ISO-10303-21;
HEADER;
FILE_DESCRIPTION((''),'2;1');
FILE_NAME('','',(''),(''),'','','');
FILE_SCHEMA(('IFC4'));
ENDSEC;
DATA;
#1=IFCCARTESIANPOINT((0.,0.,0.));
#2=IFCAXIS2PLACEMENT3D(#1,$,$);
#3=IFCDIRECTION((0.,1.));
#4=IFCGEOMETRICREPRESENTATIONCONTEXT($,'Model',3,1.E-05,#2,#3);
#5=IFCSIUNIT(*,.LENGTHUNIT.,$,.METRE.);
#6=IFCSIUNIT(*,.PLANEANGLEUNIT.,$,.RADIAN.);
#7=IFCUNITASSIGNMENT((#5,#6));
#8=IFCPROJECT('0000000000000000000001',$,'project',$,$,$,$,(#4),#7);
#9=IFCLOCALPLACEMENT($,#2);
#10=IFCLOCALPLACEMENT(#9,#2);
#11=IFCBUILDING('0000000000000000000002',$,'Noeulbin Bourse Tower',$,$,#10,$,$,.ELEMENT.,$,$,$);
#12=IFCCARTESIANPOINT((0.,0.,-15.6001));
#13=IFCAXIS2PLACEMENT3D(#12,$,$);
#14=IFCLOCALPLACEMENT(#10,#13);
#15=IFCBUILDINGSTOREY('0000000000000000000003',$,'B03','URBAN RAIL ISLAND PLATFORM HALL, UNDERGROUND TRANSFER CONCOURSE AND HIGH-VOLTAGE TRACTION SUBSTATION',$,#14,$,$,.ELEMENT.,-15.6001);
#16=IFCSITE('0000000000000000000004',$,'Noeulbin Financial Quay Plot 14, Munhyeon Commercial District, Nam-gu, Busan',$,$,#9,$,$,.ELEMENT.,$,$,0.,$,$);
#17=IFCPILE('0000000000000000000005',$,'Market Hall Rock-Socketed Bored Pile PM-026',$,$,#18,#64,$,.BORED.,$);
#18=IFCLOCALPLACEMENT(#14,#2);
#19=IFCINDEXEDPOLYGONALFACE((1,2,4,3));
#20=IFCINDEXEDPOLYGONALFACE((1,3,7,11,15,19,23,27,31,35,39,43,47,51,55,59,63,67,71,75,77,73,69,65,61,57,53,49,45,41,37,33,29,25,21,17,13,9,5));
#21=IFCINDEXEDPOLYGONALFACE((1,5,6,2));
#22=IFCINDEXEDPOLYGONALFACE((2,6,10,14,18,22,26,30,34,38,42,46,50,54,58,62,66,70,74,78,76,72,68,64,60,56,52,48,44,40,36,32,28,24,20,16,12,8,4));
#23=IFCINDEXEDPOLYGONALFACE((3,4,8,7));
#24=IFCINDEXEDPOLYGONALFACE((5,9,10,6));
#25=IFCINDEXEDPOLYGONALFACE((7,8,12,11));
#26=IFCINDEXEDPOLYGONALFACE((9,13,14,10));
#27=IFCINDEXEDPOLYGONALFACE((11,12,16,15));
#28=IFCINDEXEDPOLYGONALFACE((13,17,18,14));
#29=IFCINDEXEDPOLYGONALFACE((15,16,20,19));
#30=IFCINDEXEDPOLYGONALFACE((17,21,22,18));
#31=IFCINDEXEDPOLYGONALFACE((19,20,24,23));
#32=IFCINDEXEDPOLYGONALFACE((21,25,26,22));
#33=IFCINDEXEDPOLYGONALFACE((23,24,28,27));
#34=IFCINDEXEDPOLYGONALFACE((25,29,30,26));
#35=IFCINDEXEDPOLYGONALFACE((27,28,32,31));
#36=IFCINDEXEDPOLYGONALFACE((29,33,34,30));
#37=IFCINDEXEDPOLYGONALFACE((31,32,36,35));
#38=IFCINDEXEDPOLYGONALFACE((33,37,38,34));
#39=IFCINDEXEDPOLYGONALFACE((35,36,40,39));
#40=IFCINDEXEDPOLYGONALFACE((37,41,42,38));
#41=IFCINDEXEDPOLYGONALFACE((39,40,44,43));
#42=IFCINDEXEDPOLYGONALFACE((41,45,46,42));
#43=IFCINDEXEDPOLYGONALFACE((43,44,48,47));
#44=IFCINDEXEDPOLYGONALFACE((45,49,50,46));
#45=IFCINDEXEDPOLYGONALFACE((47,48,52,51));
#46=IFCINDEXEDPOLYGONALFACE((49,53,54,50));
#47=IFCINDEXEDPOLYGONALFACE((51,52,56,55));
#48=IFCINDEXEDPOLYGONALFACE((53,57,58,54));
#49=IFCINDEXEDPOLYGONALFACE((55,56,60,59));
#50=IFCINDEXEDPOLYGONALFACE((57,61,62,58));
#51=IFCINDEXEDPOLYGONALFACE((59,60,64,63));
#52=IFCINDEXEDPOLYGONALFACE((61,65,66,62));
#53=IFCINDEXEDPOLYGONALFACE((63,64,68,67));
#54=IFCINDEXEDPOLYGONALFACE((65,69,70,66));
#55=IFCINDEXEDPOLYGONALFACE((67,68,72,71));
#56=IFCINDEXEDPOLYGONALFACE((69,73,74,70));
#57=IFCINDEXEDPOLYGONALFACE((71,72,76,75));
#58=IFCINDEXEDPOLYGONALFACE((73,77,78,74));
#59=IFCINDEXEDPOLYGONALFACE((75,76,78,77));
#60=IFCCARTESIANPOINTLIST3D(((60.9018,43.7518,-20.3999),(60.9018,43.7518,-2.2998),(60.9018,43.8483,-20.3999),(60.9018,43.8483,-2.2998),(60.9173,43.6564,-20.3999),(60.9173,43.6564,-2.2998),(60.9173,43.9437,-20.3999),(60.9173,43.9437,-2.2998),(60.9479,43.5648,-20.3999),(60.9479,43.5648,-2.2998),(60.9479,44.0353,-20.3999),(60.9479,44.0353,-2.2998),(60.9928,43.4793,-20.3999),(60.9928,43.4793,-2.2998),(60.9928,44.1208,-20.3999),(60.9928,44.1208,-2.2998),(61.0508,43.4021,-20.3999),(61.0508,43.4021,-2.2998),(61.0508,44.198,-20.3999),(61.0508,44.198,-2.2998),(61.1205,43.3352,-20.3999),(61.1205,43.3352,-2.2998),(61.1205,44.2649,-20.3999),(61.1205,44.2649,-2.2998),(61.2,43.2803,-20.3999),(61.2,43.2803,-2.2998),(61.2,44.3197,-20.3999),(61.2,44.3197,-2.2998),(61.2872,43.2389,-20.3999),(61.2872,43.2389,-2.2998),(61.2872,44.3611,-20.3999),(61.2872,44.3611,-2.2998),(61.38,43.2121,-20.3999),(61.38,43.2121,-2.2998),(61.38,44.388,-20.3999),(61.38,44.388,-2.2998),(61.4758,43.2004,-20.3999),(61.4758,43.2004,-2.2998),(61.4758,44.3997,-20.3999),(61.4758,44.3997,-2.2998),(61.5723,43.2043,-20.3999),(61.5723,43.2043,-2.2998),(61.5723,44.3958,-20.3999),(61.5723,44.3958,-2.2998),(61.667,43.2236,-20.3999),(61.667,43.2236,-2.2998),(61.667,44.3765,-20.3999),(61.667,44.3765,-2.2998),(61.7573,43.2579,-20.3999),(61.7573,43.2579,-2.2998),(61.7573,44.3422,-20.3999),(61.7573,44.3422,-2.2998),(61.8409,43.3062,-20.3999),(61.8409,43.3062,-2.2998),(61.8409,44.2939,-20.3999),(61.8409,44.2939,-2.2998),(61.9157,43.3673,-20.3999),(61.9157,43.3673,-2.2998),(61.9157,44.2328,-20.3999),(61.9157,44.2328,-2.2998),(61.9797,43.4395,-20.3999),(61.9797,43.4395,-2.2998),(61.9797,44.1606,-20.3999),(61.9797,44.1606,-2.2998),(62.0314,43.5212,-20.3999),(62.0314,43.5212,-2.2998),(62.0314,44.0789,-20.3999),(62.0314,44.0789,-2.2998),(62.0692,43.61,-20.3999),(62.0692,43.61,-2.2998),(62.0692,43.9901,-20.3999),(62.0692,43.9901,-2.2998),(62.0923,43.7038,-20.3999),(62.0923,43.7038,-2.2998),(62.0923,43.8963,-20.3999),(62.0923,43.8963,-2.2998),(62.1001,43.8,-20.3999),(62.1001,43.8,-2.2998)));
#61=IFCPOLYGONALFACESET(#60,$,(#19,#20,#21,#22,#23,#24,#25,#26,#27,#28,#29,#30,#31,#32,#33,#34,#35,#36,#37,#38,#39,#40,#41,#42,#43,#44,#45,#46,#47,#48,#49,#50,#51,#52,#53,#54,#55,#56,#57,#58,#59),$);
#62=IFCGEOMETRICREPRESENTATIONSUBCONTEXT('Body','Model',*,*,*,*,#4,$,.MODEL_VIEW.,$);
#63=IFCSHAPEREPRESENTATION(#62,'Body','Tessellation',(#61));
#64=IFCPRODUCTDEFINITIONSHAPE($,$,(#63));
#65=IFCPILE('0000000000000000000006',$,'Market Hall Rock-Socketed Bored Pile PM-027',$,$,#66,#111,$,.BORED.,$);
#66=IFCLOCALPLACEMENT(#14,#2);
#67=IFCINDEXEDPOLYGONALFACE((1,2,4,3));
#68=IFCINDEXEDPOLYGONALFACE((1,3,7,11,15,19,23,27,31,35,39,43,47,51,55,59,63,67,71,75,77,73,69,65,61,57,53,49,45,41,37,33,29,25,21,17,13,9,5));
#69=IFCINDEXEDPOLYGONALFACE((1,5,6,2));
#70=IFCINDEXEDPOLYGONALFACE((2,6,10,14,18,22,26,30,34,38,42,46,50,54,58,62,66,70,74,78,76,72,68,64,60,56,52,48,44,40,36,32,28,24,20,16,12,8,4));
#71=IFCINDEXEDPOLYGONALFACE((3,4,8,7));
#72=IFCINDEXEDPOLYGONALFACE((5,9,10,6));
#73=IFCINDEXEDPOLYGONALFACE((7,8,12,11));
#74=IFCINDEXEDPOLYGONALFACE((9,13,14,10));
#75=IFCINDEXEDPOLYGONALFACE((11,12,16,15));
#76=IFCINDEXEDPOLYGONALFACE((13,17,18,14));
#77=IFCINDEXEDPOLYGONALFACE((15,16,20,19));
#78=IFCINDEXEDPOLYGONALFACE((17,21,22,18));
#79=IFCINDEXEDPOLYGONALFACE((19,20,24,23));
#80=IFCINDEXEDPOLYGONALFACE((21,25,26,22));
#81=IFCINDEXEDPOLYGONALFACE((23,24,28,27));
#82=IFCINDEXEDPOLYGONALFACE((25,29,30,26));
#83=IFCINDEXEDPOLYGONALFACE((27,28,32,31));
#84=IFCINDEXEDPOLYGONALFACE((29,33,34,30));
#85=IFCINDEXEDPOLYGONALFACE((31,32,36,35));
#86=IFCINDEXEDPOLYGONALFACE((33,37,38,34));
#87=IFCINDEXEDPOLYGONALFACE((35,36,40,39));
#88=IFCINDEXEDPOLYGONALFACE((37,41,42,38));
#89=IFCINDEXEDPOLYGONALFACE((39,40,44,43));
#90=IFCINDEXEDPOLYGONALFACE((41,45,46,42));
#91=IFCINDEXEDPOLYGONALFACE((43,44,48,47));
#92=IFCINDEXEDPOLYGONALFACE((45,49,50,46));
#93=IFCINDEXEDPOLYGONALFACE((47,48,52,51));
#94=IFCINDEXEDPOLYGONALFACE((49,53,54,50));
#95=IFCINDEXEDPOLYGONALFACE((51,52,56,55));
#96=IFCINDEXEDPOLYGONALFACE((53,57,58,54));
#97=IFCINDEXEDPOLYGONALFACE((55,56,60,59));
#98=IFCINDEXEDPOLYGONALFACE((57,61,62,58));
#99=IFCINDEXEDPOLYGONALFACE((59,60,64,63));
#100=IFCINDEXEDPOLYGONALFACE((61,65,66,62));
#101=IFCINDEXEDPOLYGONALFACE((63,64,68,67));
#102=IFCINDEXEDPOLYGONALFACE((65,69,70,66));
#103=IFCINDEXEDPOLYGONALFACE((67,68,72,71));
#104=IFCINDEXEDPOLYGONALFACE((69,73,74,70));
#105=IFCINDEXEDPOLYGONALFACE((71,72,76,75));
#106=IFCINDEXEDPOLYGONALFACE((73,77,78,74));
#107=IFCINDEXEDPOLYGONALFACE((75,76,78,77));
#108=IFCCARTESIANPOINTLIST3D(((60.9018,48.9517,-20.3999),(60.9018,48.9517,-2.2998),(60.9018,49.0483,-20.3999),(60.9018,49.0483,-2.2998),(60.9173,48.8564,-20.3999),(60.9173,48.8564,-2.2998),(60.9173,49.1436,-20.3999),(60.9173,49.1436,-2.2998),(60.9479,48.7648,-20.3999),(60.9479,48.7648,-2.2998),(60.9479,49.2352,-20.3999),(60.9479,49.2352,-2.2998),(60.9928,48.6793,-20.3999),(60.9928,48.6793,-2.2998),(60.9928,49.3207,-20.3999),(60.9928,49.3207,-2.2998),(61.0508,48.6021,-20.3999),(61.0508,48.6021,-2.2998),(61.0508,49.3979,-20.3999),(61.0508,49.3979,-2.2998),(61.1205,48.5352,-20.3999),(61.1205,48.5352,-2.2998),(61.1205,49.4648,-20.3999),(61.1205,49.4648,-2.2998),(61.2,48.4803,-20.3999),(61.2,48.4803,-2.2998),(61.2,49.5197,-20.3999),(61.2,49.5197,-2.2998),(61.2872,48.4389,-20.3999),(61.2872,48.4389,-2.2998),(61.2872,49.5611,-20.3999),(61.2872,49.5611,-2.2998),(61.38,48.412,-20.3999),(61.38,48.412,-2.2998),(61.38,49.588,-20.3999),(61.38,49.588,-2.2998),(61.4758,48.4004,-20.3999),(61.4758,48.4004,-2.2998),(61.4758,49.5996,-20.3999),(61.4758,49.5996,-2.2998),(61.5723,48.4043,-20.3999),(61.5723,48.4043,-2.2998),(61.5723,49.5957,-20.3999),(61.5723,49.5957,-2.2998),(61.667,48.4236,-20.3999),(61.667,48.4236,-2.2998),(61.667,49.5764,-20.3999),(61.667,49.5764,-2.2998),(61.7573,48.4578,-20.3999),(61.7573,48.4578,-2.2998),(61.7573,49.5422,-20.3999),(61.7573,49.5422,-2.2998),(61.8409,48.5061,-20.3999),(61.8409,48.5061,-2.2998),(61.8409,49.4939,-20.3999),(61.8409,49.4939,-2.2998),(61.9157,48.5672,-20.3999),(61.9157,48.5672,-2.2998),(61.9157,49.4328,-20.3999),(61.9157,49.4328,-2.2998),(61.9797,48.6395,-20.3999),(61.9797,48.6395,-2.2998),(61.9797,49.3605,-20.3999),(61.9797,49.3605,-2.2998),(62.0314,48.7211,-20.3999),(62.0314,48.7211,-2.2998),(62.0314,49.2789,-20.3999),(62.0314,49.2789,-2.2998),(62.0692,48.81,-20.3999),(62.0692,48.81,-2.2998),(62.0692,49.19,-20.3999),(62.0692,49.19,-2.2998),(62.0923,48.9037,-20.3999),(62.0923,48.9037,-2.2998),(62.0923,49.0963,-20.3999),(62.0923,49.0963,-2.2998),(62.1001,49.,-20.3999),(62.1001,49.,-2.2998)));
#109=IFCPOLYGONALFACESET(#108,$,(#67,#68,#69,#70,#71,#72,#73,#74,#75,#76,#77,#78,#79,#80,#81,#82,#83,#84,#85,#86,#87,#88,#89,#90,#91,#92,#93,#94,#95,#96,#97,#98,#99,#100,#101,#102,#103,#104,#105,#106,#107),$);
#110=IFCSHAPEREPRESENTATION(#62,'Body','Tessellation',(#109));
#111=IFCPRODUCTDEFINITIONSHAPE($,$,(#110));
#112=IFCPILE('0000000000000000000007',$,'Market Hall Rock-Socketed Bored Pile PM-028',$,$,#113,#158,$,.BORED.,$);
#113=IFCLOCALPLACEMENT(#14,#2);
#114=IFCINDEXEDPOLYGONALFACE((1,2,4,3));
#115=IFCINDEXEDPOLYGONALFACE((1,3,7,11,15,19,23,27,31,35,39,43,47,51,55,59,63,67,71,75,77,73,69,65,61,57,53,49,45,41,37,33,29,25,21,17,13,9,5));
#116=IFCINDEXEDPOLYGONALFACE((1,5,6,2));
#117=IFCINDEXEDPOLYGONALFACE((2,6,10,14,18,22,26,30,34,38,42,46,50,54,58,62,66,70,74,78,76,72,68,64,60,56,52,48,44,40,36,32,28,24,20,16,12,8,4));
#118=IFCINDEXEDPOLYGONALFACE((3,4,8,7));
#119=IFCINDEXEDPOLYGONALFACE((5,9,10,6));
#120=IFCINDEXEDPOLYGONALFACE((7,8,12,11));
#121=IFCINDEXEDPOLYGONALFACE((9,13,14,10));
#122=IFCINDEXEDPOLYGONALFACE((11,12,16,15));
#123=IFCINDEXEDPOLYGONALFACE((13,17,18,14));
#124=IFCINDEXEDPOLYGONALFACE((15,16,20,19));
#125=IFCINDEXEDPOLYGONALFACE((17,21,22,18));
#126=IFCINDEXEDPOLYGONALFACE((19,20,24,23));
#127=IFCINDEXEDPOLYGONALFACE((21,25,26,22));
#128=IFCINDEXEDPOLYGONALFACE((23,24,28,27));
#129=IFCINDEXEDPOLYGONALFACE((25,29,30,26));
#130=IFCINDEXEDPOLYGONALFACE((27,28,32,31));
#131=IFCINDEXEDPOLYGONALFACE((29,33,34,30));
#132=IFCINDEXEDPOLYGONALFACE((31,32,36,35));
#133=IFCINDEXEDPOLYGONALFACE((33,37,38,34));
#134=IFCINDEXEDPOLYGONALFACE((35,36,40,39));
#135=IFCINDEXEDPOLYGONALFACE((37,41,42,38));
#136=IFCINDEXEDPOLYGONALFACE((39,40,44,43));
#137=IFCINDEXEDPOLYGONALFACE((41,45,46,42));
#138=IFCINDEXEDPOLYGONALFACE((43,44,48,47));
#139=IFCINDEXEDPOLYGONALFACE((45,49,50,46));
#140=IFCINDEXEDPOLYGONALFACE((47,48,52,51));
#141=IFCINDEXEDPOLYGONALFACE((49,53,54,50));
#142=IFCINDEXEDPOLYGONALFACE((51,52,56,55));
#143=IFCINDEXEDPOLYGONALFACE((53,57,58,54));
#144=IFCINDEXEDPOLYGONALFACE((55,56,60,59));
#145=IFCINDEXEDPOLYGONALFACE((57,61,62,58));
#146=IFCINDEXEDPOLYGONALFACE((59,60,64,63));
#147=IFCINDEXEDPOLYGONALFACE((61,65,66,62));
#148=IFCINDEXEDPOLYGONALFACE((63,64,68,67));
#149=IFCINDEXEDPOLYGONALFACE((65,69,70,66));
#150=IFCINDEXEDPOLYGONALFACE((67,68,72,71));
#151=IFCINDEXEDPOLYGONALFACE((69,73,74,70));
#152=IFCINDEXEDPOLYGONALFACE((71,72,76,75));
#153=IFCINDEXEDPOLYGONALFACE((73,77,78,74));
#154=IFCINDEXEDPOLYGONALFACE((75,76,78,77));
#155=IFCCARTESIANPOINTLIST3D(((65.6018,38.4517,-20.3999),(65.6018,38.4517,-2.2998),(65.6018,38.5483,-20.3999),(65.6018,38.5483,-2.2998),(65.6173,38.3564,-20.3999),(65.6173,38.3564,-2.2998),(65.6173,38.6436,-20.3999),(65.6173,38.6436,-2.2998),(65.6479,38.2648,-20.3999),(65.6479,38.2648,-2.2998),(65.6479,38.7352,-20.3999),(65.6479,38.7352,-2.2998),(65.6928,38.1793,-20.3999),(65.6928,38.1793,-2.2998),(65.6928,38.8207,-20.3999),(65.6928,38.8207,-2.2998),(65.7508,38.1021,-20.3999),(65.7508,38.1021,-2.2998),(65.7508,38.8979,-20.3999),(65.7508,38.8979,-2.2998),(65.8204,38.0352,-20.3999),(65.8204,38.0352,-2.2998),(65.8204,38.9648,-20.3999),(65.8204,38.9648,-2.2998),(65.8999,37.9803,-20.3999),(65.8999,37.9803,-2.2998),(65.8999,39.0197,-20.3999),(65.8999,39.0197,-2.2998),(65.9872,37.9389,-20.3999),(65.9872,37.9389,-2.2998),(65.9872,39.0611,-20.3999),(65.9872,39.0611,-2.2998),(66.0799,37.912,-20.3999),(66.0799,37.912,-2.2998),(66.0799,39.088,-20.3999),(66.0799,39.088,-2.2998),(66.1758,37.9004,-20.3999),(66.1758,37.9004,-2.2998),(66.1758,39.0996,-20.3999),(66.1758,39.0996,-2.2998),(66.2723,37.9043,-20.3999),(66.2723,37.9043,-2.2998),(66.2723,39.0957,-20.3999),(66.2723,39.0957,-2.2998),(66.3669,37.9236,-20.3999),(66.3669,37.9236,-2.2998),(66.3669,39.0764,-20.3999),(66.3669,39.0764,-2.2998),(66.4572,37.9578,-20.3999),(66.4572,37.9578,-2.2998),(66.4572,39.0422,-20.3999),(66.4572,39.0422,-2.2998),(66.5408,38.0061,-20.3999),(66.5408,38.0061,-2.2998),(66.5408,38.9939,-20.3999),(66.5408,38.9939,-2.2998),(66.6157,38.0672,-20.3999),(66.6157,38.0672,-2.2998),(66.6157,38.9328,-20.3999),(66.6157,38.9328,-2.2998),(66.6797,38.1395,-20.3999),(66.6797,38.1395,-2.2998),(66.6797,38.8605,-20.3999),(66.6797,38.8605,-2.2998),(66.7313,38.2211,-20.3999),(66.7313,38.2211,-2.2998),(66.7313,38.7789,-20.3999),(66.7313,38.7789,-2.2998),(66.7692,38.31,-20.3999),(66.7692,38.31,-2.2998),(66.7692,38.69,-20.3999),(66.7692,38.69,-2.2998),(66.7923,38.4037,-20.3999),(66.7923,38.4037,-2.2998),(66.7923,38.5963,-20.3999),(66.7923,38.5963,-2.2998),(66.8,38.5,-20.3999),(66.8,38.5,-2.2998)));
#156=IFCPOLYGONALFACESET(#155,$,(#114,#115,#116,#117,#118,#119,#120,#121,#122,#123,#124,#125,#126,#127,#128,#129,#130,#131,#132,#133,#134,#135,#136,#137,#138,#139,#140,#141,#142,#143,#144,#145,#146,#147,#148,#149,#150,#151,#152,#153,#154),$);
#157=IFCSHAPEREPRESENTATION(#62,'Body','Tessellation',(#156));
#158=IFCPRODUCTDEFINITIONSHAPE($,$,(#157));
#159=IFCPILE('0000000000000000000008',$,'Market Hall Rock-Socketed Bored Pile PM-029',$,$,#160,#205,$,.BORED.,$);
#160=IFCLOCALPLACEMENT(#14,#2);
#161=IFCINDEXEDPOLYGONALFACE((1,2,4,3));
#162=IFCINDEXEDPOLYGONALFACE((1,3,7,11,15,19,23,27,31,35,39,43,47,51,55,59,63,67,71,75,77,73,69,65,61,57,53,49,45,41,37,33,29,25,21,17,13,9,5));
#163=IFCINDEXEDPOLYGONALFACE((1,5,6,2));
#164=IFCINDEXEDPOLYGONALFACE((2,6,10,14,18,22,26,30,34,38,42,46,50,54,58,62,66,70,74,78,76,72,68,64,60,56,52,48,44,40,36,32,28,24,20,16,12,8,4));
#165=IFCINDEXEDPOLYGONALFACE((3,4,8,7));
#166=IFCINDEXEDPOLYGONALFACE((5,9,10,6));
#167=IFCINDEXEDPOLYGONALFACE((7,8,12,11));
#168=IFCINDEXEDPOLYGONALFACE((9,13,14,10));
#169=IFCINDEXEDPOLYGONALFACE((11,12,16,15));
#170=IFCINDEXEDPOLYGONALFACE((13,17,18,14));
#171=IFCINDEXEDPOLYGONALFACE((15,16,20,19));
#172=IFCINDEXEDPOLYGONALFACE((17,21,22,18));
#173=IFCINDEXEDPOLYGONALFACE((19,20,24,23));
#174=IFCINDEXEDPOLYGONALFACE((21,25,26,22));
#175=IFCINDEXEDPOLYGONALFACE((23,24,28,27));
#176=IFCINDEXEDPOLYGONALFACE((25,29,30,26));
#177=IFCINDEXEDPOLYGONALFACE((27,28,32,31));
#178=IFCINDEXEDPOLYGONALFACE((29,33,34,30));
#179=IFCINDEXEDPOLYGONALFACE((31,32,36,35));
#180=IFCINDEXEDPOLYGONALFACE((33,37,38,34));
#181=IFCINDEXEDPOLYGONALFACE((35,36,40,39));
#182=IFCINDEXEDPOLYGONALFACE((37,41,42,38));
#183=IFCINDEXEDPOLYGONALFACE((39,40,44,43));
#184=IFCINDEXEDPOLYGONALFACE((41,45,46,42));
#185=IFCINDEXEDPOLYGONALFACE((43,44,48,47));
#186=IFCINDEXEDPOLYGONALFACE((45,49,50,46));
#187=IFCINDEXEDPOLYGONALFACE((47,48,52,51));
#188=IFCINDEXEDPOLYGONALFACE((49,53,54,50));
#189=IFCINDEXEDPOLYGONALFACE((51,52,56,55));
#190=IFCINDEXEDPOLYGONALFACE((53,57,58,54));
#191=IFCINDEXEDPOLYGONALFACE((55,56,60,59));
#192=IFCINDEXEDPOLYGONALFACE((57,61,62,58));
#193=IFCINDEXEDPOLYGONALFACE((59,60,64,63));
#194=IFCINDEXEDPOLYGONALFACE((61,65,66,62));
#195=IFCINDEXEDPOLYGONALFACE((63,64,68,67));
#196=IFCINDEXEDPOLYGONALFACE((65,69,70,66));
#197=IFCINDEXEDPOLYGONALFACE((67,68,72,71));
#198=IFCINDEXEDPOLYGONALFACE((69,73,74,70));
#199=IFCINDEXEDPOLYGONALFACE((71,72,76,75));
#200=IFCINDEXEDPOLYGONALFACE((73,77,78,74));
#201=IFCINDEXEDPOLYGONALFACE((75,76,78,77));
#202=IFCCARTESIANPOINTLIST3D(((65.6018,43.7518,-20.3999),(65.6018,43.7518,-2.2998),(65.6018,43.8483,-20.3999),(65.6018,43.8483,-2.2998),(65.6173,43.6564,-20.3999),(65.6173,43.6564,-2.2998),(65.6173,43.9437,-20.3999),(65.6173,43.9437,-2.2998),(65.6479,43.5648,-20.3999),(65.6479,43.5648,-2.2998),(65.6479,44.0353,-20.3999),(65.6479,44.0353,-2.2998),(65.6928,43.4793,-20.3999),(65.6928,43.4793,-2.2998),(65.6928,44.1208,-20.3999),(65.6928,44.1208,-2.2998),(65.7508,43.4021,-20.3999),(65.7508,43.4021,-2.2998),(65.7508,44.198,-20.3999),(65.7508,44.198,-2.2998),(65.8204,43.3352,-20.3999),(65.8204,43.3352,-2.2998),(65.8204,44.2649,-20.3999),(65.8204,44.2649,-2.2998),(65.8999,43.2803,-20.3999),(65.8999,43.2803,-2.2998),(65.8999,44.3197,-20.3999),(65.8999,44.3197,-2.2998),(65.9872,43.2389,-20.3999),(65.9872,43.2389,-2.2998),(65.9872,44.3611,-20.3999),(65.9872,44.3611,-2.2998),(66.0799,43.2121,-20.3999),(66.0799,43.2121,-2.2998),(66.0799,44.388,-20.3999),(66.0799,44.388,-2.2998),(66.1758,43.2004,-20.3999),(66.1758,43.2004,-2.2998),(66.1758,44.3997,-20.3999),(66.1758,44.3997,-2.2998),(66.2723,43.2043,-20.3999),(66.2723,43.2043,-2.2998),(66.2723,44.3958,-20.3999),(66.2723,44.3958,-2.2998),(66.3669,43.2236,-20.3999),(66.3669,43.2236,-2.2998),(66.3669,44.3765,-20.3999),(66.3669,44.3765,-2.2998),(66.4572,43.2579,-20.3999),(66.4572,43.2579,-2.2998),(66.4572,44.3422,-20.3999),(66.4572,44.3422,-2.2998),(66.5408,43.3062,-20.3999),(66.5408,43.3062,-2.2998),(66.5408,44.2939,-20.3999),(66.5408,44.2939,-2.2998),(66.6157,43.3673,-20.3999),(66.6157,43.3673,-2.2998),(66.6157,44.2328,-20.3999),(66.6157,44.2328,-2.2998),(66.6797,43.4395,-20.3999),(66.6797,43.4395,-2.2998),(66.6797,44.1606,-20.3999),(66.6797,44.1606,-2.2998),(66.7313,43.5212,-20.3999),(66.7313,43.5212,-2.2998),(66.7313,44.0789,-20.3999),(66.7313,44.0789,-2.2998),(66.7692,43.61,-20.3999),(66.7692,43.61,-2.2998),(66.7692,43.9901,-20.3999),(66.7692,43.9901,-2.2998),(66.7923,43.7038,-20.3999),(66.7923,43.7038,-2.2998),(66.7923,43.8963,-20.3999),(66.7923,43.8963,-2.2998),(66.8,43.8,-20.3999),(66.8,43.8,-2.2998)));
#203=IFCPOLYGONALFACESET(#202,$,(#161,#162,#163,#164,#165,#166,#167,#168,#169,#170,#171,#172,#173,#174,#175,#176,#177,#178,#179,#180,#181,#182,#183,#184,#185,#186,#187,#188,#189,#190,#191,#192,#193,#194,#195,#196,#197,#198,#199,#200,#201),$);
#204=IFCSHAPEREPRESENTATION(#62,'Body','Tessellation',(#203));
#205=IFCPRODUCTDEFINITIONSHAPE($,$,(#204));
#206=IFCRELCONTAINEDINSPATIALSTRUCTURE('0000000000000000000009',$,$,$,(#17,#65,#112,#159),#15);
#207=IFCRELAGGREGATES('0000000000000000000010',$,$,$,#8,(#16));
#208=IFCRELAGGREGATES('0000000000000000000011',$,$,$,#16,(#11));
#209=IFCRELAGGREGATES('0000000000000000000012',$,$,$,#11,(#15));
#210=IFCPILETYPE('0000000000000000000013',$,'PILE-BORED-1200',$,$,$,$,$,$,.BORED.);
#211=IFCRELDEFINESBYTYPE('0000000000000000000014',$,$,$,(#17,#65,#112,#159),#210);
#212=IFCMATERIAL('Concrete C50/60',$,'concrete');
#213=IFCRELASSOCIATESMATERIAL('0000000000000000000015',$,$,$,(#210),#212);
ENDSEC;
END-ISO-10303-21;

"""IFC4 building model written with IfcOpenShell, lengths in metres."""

from ifc_helpers import new_model, si_unit, direction, frame, origin, origin_2d, place, context, subcontext, project, spatial, circle, extrude, material, material_profile, profile_set, type_object, element, save


model = new_model("IFC4")

# Units and contexts
model_context = context("Model", 3, precision=1e-05, world=origin(), true_north=direction((0.0, 1.0)))
body_context = subcontext(model_context, "Body", "Model", "MODEL_VIEW")
ifc_project = project(units=[si_unit("LENGTHUNIT", "METRE"), si_unit("PLANEANGLEUNIT", "RADIAN")], contexts=[model_context])

# Site, building, storey
site_placement = place(None, origin())
site = spatial("IfcSite", under=ifc_project, at=site_placement, Name="Noeulbin Financial Quay Plot 14, Munhyeon Commercial District, Nam-gu, Busan", CompositionType="ELEMENT", RefElevation=0.0)
building_placement = place(site_placement, origin())
building = spatial("IfcBuilding", under=site, at=building_placement, Name="Noeulbin Bourse Tower", CompositionType="ELEMENT")
storey_placement = place(building_placement, frame((0.0, 0.0, -15.6001)))
storey = spatial("IfcBuildingStorey", under=building, at=storey_placement, Name="B03", Description="URBAN RAIL ISLAND PLATFORM HALL, UNDERGROUND TRANSFER CONCOURSE AND HIGH-VOLTAGE TRACTION SUBSTATION", CompositionType="ELEMENT", Elevation=-15.6001)

# Shared definitions
ifc_material_1 = material(Name="Concrete C50/60", Category="concrete")

# Piles
ifc_material_profile_1 = material_profile(ifc_material_1, circle(Radius=0.6001, at=origin_2d()), Name="PILE-D1200", Category="LoadBearing")
ifc_profile_set_1 = profile_set([ifc_material_profile_1], Name="Concrete C50/60")
pile_type = type_object("IfcPileType", Name="PILE-BORED-1200", PredefinedType="BORED", material=ifc_profile_set_1)
for number, where, z_axis, x_axis, name in (
    (1, (61.5, 43.8, -2.2998), (0.0, 0.0, -1.0), (1.0, 0.0, 0.0), "Market Hall Rock-Socketed Bored Pile PM-026"),
    (2, (61.5, 49.0, -2.2998), (0.0, 0.0, -1.0), (1.0, 0.0, 0.0), "Market Hall Rock-Socketed Bored Pile PM-027"),
    (3, (66.2, 38.5, -2.2998), (0.0, 0.0, -1.0), (1.0, 0.0, 0.0), "Market Hall Rock-Socketed Bored Pile PM-028"),
    (4, (66.2, 43.8, -2.2998), (0.0, 0.0, -1.0), (1.0, 0.0, 0.0), "Market Hall Rock-Socketed Bored Pile PM-029"),
):
    element("IfcPile", number, at=place(storey_placement, frame(where, z_axis=z_axis, x_axis=x_axis)), inside=storey, type_object=pile_type, Name=name, PredefinedType="BORED", context=body_context, shape_type="SweptSolid", body=[
        extrude(circle(Radius=0.6001, at=origin_2d()), origin(), (0.0, 0.0, 1.0), 18.1001),
    ])

save(model, "model.ifc")
